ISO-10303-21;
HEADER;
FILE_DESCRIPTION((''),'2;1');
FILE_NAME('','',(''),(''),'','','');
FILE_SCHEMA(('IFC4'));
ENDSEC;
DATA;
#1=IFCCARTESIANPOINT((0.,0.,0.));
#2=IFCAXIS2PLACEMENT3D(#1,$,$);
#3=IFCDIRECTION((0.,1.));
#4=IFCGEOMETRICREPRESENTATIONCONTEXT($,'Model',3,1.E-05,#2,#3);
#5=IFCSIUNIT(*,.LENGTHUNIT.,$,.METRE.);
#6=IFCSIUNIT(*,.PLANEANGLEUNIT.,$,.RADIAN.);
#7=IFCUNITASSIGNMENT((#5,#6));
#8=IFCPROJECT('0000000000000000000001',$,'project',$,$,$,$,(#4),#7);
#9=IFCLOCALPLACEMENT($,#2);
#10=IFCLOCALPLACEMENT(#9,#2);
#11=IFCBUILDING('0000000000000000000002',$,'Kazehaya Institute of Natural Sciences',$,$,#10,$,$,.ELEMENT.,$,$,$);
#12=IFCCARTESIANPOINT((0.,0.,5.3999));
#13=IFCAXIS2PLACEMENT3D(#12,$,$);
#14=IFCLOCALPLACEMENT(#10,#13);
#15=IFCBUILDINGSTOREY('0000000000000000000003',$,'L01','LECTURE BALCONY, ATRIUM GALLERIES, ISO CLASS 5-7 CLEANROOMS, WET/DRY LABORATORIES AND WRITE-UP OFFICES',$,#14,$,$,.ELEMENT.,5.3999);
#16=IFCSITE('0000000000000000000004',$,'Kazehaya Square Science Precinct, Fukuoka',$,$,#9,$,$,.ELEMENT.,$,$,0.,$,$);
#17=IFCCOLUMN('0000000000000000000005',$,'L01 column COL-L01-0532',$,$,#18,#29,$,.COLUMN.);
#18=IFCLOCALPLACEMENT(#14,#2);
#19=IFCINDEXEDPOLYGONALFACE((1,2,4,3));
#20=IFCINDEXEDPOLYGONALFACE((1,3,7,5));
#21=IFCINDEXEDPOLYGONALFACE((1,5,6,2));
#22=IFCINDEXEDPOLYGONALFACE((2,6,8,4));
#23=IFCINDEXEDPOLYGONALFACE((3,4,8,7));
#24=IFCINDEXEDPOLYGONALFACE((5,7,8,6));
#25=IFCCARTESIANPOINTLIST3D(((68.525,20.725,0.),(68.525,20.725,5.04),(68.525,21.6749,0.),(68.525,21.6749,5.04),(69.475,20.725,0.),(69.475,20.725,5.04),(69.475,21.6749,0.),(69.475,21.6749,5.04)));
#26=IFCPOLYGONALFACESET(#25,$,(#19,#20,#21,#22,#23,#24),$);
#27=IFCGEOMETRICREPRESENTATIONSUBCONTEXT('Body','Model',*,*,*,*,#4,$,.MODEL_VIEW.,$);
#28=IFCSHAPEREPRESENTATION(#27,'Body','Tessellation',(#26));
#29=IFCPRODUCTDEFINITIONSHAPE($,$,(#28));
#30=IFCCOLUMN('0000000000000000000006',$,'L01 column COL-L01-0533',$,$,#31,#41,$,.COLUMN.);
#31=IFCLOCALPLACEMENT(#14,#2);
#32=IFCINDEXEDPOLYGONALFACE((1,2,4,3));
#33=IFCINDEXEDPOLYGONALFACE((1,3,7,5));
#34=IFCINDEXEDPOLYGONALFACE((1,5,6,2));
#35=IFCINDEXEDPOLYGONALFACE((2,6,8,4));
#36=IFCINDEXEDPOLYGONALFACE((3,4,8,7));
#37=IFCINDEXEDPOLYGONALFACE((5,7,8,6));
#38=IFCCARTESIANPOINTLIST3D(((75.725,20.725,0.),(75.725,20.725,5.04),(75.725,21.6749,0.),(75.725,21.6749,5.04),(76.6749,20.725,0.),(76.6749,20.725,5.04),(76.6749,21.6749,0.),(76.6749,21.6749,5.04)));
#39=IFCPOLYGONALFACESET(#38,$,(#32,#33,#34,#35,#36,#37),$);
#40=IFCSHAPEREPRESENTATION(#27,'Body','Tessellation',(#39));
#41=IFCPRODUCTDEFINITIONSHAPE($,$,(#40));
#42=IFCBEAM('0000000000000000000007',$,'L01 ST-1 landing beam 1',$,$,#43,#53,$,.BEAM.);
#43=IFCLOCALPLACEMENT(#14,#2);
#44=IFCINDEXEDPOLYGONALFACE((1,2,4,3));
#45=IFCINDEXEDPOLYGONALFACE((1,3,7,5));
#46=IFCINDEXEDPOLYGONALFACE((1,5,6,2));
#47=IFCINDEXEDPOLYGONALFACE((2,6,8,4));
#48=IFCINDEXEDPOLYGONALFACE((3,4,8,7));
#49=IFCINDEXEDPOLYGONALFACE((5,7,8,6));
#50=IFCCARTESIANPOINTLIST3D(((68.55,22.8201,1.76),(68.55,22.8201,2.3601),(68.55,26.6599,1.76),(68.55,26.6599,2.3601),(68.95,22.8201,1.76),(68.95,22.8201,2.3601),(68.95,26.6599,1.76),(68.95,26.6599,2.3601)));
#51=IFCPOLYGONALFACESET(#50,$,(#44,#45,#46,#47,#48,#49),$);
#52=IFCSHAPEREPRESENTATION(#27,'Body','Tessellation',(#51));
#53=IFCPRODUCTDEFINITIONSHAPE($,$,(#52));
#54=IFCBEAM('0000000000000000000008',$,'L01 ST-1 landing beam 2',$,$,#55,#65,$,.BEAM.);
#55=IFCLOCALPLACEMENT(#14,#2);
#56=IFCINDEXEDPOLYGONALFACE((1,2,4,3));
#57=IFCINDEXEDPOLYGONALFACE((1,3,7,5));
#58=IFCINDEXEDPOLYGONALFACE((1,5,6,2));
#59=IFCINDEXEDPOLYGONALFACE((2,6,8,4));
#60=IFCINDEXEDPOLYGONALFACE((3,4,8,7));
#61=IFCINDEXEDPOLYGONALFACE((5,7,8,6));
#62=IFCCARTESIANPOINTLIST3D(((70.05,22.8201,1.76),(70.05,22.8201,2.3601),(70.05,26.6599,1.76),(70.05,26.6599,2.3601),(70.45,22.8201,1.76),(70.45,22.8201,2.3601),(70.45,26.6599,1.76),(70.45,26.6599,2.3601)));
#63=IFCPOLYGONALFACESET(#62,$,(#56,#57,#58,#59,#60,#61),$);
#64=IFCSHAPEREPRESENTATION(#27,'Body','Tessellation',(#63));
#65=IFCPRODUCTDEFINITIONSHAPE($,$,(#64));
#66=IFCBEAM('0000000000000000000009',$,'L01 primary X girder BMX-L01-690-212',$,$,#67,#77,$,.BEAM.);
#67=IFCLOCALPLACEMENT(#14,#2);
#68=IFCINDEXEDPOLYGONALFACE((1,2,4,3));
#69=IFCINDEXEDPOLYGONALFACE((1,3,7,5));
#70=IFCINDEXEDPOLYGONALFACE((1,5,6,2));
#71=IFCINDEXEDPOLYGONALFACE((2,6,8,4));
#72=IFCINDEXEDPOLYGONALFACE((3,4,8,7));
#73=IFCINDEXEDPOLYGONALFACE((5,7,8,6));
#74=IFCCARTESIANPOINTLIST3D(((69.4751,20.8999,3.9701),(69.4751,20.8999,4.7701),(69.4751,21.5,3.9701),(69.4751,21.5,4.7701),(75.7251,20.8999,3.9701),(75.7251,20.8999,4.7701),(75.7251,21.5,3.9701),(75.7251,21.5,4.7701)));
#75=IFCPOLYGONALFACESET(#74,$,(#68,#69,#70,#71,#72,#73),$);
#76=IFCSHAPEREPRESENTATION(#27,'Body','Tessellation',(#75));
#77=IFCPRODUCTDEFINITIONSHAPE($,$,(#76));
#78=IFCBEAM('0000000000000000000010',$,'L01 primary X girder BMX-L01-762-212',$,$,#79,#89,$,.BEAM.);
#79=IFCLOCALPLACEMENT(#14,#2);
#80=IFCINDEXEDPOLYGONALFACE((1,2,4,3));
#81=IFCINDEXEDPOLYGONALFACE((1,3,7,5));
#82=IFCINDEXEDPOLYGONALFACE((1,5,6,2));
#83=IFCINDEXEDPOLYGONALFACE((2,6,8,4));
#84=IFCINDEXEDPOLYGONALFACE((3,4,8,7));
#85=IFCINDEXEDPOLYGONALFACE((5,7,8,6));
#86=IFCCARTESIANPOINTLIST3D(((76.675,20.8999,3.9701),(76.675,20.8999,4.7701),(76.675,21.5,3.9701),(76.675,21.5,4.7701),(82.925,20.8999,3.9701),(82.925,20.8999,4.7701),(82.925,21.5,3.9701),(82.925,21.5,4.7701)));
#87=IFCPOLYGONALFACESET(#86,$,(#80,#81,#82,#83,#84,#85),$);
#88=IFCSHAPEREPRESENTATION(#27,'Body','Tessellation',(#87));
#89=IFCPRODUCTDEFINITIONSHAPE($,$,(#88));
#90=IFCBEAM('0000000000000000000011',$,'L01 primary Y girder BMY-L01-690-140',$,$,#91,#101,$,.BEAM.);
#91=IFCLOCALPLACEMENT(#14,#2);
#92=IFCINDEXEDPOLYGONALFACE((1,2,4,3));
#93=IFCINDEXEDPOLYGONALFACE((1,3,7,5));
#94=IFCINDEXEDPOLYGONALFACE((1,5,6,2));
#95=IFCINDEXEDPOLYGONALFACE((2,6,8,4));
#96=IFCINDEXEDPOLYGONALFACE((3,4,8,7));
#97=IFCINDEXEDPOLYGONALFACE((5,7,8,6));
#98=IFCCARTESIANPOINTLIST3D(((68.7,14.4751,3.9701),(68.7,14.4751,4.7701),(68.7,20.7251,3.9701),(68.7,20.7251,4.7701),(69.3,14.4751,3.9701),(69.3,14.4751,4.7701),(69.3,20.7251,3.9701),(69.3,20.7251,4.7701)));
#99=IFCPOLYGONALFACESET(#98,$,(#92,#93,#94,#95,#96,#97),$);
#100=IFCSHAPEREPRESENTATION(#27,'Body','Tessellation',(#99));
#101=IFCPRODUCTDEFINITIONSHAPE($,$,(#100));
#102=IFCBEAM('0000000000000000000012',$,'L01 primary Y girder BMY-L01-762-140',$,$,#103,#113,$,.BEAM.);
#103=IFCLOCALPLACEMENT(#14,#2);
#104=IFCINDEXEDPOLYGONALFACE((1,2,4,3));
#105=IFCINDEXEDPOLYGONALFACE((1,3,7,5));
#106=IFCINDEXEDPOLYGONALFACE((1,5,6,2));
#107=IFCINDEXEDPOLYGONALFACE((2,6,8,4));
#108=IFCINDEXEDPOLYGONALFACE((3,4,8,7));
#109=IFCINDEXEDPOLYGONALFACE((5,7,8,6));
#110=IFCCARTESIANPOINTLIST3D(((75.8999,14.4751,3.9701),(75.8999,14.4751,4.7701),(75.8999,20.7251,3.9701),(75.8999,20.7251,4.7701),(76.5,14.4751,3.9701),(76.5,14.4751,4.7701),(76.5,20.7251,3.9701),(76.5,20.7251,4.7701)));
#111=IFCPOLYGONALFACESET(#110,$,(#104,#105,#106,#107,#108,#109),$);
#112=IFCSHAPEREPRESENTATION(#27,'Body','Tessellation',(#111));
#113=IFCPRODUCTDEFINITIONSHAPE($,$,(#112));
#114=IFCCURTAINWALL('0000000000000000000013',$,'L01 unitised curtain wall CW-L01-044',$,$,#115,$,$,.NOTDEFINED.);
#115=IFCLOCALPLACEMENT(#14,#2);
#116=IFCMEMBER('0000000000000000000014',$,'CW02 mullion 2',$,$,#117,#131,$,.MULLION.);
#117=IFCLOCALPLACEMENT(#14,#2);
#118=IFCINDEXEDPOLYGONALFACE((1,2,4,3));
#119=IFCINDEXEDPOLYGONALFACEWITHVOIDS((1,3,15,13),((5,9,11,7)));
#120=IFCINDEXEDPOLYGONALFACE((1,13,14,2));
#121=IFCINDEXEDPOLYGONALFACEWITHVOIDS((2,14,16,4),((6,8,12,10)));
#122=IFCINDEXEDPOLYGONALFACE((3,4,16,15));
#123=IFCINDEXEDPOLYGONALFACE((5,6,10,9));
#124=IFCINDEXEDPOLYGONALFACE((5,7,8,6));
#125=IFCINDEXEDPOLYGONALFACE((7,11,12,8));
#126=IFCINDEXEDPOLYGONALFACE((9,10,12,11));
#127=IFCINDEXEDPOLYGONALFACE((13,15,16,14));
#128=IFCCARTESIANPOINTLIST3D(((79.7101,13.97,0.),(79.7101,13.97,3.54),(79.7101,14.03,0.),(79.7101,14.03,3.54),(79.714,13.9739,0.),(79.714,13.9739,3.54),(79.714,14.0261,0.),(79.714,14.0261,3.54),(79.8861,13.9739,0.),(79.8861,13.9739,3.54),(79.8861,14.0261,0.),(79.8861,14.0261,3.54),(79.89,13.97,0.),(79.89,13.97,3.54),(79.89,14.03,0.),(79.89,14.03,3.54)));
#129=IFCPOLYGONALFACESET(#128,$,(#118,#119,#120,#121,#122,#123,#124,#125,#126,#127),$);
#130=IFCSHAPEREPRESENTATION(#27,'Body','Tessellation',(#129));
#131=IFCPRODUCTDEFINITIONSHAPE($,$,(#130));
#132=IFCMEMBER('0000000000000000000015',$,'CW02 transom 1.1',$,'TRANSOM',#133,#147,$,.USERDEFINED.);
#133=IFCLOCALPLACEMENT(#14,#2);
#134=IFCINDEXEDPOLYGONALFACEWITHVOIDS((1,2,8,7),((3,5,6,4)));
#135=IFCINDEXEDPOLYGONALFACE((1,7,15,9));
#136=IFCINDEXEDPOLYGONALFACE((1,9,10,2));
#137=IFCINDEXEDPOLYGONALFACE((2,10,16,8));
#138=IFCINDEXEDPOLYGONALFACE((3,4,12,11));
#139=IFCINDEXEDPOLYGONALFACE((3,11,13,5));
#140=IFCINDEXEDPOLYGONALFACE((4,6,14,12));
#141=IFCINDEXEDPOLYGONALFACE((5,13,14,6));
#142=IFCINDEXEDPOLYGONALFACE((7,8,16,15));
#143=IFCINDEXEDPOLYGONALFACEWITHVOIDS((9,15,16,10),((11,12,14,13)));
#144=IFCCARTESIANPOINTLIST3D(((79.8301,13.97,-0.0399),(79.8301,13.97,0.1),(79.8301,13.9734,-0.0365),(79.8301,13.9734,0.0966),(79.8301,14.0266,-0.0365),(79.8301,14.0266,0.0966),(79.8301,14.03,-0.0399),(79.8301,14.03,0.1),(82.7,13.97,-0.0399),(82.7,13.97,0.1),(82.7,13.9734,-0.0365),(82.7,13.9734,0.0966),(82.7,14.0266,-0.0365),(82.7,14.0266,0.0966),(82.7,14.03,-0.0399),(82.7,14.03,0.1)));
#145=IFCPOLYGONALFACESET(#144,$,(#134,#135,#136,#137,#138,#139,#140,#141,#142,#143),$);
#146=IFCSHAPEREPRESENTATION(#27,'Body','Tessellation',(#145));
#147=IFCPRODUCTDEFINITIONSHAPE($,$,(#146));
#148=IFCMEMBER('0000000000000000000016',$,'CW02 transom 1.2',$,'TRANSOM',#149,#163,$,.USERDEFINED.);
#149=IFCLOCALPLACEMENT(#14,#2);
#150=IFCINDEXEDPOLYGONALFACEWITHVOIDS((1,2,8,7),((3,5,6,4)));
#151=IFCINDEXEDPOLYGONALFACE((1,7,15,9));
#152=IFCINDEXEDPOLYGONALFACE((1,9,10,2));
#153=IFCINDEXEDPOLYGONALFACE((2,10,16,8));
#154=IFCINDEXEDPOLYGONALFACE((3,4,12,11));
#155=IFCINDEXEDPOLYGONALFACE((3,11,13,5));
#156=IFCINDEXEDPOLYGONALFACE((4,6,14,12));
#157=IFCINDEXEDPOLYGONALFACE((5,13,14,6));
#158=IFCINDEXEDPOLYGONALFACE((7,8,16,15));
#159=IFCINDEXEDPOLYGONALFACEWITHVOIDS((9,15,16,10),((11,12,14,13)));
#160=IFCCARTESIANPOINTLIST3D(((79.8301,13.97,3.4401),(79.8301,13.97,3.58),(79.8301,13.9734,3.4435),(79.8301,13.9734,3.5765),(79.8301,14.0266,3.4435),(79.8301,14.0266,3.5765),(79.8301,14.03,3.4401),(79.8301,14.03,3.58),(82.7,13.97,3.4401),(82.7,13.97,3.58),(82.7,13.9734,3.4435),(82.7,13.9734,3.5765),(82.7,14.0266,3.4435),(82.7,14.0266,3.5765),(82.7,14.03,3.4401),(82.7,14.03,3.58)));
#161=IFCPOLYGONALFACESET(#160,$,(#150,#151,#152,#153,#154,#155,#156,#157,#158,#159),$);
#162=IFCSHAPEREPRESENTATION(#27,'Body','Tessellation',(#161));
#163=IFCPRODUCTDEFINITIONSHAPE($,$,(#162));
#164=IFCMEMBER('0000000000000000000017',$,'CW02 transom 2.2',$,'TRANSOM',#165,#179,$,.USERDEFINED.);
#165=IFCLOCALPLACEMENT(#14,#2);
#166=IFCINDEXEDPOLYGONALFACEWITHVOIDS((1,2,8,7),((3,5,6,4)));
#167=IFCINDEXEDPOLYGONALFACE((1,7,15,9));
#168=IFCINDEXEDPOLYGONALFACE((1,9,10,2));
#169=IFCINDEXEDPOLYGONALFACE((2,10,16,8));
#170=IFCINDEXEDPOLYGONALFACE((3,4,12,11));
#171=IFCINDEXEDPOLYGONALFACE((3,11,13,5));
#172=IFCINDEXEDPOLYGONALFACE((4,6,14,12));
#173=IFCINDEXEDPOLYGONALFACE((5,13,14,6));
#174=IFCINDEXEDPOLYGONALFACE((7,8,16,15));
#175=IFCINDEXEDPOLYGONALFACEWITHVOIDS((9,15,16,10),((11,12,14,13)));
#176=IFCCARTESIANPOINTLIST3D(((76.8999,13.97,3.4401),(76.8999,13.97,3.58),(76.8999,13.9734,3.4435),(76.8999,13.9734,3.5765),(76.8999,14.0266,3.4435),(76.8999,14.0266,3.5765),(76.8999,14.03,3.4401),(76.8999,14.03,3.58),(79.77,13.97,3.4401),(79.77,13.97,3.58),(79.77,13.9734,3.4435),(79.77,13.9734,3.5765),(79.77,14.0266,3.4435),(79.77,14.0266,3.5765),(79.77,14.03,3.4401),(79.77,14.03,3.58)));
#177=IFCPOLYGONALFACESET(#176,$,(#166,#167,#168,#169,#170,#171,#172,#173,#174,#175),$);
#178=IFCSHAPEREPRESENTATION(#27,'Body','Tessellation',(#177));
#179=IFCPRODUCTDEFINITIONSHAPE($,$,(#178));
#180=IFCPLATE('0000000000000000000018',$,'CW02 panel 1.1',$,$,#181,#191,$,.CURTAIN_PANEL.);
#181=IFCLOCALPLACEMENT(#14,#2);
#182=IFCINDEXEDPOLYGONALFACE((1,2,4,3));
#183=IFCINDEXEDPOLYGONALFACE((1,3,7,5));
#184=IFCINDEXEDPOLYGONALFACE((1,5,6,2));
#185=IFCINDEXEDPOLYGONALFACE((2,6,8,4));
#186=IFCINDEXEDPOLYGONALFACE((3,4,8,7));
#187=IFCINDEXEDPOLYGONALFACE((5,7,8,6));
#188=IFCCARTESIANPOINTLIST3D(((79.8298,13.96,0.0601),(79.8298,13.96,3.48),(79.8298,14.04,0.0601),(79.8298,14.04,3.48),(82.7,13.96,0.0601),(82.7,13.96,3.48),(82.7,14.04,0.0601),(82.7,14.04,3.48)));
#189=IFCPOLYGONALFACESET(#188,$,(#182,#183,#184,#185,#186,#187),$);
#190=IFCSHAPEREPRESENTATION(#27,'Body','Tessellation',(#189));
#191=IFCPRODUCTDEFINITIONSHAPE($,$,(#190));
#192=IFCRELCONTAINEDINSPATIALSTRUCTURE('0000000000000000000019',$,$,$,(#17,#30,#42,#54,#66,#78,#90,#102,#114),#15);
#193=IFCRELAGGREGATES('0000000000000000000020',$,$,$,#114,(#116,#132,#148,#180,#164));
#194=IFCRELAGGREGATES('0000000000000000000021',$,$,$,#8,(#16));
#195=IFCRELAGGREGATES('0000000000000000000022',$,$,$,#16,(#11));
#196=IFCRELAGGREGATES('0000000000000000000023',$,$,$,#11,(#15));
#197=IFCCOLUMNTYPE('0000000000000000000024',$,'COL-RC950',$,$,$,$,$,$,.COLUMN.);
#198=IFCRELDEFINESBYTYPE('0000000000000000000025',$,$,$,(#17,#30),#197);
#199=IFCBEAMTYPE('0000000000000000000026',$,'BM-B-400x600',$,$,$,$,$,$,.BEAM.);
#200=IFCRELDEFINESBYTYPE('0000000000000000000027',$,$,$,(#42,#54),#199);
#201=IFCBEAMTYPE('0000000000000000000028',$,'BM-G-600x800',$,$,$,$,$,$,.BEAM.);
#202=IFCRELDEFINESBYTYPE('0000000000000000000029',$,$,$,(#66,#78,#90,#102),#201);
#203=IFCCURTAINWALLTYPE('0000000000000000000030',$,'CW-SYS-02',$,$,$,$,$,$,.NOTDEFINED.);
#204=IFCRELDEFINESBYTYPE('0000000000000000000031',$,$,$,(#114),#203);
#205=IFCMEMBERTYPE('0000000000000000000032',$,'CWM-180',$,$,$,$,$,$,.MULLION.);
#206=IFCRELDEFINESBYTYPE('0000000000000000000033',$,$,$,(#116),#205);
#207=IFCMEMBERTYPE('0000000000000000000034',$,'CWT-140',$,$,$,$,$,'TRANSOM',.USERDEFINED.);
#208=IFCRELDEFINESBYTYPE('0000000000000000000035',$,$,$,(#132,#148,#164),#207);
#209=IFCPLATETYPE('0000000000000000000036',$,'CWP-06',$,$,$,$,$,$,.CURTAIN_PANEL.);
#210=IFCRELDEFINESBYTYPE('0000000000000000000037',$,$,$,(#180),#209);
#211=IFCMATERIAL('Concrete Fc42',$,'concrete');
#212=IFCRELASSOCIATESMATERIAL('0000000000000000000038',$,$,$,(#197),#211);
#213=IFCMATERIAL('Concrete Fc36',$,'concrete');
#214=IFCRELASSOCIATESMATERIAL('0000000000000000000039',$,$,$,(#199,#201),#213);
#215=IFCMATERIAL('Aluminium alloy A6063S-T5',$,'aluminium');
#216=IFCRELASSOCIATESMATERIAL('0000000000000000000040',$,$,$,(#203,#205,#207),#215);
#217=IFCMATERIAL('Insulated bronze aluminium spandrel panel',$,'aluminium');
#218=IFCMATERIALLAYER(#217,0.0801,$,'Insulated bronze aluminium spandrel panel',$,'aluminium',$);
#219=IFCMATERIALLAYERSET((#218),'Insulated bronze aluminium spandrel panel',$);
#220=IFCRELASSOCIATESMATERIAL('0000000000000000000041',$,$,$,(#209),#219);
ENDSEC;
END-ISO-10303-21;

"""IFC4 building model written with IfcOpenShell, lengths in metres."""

from ifc_helpers import new_model, si_unit, direction, frame, origin, origin_2d, place, context, subcontext, project, spatial, rectangle, hollow_rectangle, extrude, material, layer, layer_set, material_profile, profile_set, type_object, element, aggregate, save


model = new_model("IFC4")

# Units and contexts
model_context = context("Model", 3, precision=1e-05, world=origin(), true_north=direction((0.0, 1.0)))
body_context = subcontext(model_context, "Body", "Model", "MODEL_VIEW")
ifc_project = project(units=[si_unit("LENGTHUNIT", "METRE"), si_unit("PLANEANGLEUNIT", "RADIAN")], contexts=[model_context])

# Site, building, storey
site_placement = place(None, origin())
site = spatial("IfcSite", under=ifc_project, at=site_placement, Name="Kazehaya Square Science Precinct, Fukuoka", CompositionType="ELEMENT", RefElevation=0.0)
building_placement = place(site_placement, origin())
building = spatial("IfcBuilding", under=site, at=building_placement, Name="Kazehaya Institute of Natural Sciences", CompositionType="ELEMENT")
storey_placement = place(building_placement, frame((0.0, 0.0, 5.3999)))
storey = spatial("IfcBuildingStorey", under=building, at=storey_placement, Name="L01", Description="LECTURE BALCONY, ATRIUM GALLERIES, ISO CLASS 5-7 CLEANROOMS, WET/DRY LABORATORIES AND WRITE-UP OFFICES", CompositionType="ELEMENT", Elevation=5.3999)

# Columns
ifc_material_1 = material(Name="Concrete Fc42", Category="concrete")
ifc_material_profile_1 = material_profile(ifc_material_1, rectangle(XDim=0.95, YDim=0.95, at=origin_2d()), Name="RC-950x950")
ifc_profile_set_1 = profile_set([ifc_material_profile_1], Name="Concrete Fc42")
column_type = type_object("IfcColumnType", Name="COL-RC950", PredefinedType="COLUMN", material=ifc_profile_set_1)
for number, where, z_axis, x_axis, name in (
    (1, (69.0, 21.2, 0.0), (0.0, 0.0, 1.0), (1.0, 0.0, 0.0), "L01 column COL-L01-0532"),
    (2, (76.2, 21.2, 0.0), (0.0, 0.0, 1.0), (1.0, 0.0, 0.0), "L01 column COL-L01-0533"),
):
    element("IfcColumn", number, at=place(storey_placement, frame(where, z_axis=z_axis, x_axis=x_axis)), inside=storey, type_object=column_type, Name=name, PredefinedType="COLUMN", context=body_context, shape_type="SweptSolid", body=[
        extrude(rectangle(XDim=0.95, YDim=0.95, at=origin_2d()), origin(), (0.0, 0.0, 1.0), 5.04),
    ])

# Beams
ifc_material_2 = material(Name="Concrete Fc36", Category="concrete")
ifc_material_profile_2 = material_profile(ifc_material_2, rectangle(XDim=0.3999, YDim=0.6001, at=origin_2d()), Name="RC-400x600")
ifc_profile_set_2 = profile_set([ifc_material_profile_2], Name="Concrete Fc36")
beam_type_1 = type_object("IfcBeamType", Name="BM-B-400x600", PredefinedType="BEAM", material=ifc_profile_set_2)
for number, where, z_axis, x_axis, name in (
    (3, (68.75, 22.8201, 2.0601), (0.0, 1.0, 0.0), (-1.0, 0.0, 0.0), "L01 ST-1 landing beam 1"),
    (4, (70.25, 22.8201, 2.0601), (0.0, 1.0, 0.0), (-1.0, 0.0, 0.0), "L01 ST-1 landing beam 2"),
):
    element("IfcBeam", number, at=place(storey_placement, frame(where, z_axis=z_axis, x_axis=x_axis)), inside=storey, type_object=beam_type_1, Name=name, PredefinedType="BEAM", context=body_context, shape_type="SweptSolid", body=[
        extrude(rectangle(XDim=0.3999, YDim=0.6001, at=origin_2d()), origin(), (0.0, 0.0, 1.0), 3.8398),
    ])
ifc_material_profile_3 = material_profile(ifc_material_2, rectangle(XDim=0.6001, YDim=0.8, at=origin_2d()), Name="RC-600x800")
ifc_profile_set_3 = profile_set([ifc_material_profile_3], Name="Concrete Fc36")
beam_type_2 = type_object("IfcBeamType", Name="BM-G-600x800", PredefinedType="BEAM", material=ifc_profile_set_3)
for number, where, z_axis, x_axis, name in (
    (5, (69.4751, 21.2, 4.3701), (1.0, 0.0, 0.0), (0.0, 1.0, 0.0), "L01 primary X girder BMX-L01-690-212"),
    (6, (76.675, 21.2, 4.3701), (1.0, 0.0, 0.0), (0.0, 1.0, 0.0), "L01 primary X girder BMX-L01-762-212"),
    (7, (69.0, 14.4751, 4.3701), (0.0, 1.0, 0.0), (-1.0, 0.0, 0.0), "L01 primary Y girder BMY-L01-690-140"),
    (8, (76.2, 14.4751, 4.3701), (0.0, 1.0, 0.0), (-1.0, 0.0, 0.0), "L01 primary Y girder BMY-L01-762-140"),
):
    element("IfcBeam", number, at=place(storey_placement, frame(where, z_axis=z_axis, x_axis=x_axis)), inside=storey, type_object=beam_type_2, Name=name, PredefinedType="BEAM", context=body_context, shape_type="SweptSolid", body=[
        extrude(rectangle(XDim=0.6001, YDim=0.8, at=origin_2d()), origin(), (0.0, 0.0, 1.0), 6.25),
    ])

# Curtain wall, members, plate
ifc_material_3 = material(Name="Aluminium alloy A6063S-T5", Category="aluminium")
curtain_wall_type = type_object("IfcCurtainWallType", Name="CW-SYS-02", PredefinedType="NOTDEFINED", material=ifc_material_3)
curtain_wall_placement = place(storey_placement, origin())
curtain_wall = element("IfcCurtainWall", 9, at=curtain_wall_placement, inside=storey, type_object=curtain_wall_type, Name="L01 unitised curtain wall CW-L01-044", PredefinedType="NOTDEFINED")
ifc_material_profile_4 = material_profile(ifc_material_3, hollow_rectangle(XDim=0.0601, YDim=0.1799, WallThickness=0.0039, at=origin_2d()), Name="ALU-60x180x4")
ifc_profile_set_4 = profile_set([ifc_material_profile_4], Name="Aluminium alloy A6063S-T5")
member_type_1 = type_object("IfcMemberType", Name="CWM-180", PredefinedType="MULLION", material=ifc_profile_set_4)
member_1_placement = place(storey_placement, frame((79.8, 14.0, 0.0), z_axis=(0.0, 0.0, 1.0), x_axis=(0.0, -1.0, 0.0)))
member_1 = element("IfcMember", 10, at=member_1_placement, type_object=member_type_1, Name="CW02 mullion 2", PredefinedType="MULLION", context=body_context, shape_type="SweptSolid", body=[
    extrude(hollow_rectangle(XDim=0.0601, YDim=0.1799, WallThickness=0.0039, at=origin_2d()), origin(), (0.0, 0.0, 1.0), 3.54),
])
ifc_material_profile_5 = material_profile(ifc_material_3, hollow_rectangle(XDim=0.0601, YDim=0.1399, WallThickness=0.0034, at=origin_2d()), Name="ALU-60x140x3.5")
ifc_profile_set_5 = profile_set([ifc_material_profile_5], Name="Aluminium alloy A6063S-T5")
member_type_2 = type_object("IfcMemberType", Name="CWT-140", ElementType="TRANSOM", PredefinedType="USERDEFINED", material=ifc_profile_set_5)
member_2_placement = place(storey_placement, frame((82.7, 14.0, 0.03), z_axis=(-1.0, 0.0, 0.0), x_axis=(0.0, -1.0, 0.0)))
member_2 = element("IfcMember", 11, at=member_2_placement, type_object=member_type_2, Name="CW02 transom 1.1", ObjectType="TRANSOM", PredefinedType="USERDEFINED", context=body_context, shape_type="SweptSolid", body=[
    extrude(hollow_rectangle(XDim=0.0601, YDim=0.1399, WallThickness=0.0034, at=origin_2d()), origin(), (0.0, 0.0, 1.0), 2.8699),
])
member_3_placement = place(storey_placement, frame((82.7, 14.0, 3.51), z_axis=(-1.0, 0.0, 0.0), x_axis=(0.0, -1.0, 0.0)))
member_3 = element("IfcMember", 12, at=member_3_placement, type_object=member_type_2, Name="CW02 transom 1.2", ObjectType="TRANSOM", PredefinedType="USERDEFINED", context=body_context, shape_type="SweptSolid", body=[
    extrude(hollow_rectangle(XDim=0.0601, YDim=0.1399, WallThickness=0.0034, at=origin_2d()), origin(), (0.0, 0.0, 1.0), 2.8699),
])
member_4_placement = place(storey_placement, frame((79.77, 14.0, 3.51), z_axis=(-1.0, 0.0, 0.0), x_axis=(0.0, -1.0, 0.0)))
member_4 = element("IfcMember", 13, at=member_4_placement, type_object=member_type_2, Name="CW02 transom 2.2", ObjectType="TRANSOM", PredefinedType="USERDEFINED", context=body_context, shape_type="SweptSolid", body=[
    extrude(hollow_rectangle(XDim=0.0601, YDim=0.1399, WallThickness=0.0034, at=origin_2d()), origin(), (0.0, 0.0, 1.0), 2.8701),
])
ifc_material_4 = material(Name="Insulated bronze aluminium spandrel panel", Category="aluminium")
ifc_layer_1 = layer(ifc_material_4, 0.0801, Name="Insulated bronze aluminium spandrel panel", Category="aluminium")
ifc_layer_set_1 = layer_set([ifc_layer_1], Name="Insulated bronze aluminium spandrel panel")
plate_type = type_object("IfcPlateType", Name="CWP-06", PredefinedType="CURTAIN_PANEL", material=ifc_layer_set_1)
plate_placement = place(storey_placement, frame((81.2649, 14.0, 0.0601), z_axis=(0.0, 0.0, 1.0), x_axis=(-1.0, 0.0, 0.0)))
plate = element("IfcPlate", 14, at=plate_placement, type_object=plate_type, Name="CW02 panel 1.1", PredefinedType="CURTAIN_PANEL", context=body_context, shape_type="SweptSolid", body=[
    extrude(rectangle(XDim=2.8701, YDim=0.0801, at=origin_2d()), origin(), (0.0, 0.0, 1.0), 3.4199),
])
aggregate(curtain_wall, [member_1, member_2, member_3, plate, member_4])

save(model, "model.ifc")
